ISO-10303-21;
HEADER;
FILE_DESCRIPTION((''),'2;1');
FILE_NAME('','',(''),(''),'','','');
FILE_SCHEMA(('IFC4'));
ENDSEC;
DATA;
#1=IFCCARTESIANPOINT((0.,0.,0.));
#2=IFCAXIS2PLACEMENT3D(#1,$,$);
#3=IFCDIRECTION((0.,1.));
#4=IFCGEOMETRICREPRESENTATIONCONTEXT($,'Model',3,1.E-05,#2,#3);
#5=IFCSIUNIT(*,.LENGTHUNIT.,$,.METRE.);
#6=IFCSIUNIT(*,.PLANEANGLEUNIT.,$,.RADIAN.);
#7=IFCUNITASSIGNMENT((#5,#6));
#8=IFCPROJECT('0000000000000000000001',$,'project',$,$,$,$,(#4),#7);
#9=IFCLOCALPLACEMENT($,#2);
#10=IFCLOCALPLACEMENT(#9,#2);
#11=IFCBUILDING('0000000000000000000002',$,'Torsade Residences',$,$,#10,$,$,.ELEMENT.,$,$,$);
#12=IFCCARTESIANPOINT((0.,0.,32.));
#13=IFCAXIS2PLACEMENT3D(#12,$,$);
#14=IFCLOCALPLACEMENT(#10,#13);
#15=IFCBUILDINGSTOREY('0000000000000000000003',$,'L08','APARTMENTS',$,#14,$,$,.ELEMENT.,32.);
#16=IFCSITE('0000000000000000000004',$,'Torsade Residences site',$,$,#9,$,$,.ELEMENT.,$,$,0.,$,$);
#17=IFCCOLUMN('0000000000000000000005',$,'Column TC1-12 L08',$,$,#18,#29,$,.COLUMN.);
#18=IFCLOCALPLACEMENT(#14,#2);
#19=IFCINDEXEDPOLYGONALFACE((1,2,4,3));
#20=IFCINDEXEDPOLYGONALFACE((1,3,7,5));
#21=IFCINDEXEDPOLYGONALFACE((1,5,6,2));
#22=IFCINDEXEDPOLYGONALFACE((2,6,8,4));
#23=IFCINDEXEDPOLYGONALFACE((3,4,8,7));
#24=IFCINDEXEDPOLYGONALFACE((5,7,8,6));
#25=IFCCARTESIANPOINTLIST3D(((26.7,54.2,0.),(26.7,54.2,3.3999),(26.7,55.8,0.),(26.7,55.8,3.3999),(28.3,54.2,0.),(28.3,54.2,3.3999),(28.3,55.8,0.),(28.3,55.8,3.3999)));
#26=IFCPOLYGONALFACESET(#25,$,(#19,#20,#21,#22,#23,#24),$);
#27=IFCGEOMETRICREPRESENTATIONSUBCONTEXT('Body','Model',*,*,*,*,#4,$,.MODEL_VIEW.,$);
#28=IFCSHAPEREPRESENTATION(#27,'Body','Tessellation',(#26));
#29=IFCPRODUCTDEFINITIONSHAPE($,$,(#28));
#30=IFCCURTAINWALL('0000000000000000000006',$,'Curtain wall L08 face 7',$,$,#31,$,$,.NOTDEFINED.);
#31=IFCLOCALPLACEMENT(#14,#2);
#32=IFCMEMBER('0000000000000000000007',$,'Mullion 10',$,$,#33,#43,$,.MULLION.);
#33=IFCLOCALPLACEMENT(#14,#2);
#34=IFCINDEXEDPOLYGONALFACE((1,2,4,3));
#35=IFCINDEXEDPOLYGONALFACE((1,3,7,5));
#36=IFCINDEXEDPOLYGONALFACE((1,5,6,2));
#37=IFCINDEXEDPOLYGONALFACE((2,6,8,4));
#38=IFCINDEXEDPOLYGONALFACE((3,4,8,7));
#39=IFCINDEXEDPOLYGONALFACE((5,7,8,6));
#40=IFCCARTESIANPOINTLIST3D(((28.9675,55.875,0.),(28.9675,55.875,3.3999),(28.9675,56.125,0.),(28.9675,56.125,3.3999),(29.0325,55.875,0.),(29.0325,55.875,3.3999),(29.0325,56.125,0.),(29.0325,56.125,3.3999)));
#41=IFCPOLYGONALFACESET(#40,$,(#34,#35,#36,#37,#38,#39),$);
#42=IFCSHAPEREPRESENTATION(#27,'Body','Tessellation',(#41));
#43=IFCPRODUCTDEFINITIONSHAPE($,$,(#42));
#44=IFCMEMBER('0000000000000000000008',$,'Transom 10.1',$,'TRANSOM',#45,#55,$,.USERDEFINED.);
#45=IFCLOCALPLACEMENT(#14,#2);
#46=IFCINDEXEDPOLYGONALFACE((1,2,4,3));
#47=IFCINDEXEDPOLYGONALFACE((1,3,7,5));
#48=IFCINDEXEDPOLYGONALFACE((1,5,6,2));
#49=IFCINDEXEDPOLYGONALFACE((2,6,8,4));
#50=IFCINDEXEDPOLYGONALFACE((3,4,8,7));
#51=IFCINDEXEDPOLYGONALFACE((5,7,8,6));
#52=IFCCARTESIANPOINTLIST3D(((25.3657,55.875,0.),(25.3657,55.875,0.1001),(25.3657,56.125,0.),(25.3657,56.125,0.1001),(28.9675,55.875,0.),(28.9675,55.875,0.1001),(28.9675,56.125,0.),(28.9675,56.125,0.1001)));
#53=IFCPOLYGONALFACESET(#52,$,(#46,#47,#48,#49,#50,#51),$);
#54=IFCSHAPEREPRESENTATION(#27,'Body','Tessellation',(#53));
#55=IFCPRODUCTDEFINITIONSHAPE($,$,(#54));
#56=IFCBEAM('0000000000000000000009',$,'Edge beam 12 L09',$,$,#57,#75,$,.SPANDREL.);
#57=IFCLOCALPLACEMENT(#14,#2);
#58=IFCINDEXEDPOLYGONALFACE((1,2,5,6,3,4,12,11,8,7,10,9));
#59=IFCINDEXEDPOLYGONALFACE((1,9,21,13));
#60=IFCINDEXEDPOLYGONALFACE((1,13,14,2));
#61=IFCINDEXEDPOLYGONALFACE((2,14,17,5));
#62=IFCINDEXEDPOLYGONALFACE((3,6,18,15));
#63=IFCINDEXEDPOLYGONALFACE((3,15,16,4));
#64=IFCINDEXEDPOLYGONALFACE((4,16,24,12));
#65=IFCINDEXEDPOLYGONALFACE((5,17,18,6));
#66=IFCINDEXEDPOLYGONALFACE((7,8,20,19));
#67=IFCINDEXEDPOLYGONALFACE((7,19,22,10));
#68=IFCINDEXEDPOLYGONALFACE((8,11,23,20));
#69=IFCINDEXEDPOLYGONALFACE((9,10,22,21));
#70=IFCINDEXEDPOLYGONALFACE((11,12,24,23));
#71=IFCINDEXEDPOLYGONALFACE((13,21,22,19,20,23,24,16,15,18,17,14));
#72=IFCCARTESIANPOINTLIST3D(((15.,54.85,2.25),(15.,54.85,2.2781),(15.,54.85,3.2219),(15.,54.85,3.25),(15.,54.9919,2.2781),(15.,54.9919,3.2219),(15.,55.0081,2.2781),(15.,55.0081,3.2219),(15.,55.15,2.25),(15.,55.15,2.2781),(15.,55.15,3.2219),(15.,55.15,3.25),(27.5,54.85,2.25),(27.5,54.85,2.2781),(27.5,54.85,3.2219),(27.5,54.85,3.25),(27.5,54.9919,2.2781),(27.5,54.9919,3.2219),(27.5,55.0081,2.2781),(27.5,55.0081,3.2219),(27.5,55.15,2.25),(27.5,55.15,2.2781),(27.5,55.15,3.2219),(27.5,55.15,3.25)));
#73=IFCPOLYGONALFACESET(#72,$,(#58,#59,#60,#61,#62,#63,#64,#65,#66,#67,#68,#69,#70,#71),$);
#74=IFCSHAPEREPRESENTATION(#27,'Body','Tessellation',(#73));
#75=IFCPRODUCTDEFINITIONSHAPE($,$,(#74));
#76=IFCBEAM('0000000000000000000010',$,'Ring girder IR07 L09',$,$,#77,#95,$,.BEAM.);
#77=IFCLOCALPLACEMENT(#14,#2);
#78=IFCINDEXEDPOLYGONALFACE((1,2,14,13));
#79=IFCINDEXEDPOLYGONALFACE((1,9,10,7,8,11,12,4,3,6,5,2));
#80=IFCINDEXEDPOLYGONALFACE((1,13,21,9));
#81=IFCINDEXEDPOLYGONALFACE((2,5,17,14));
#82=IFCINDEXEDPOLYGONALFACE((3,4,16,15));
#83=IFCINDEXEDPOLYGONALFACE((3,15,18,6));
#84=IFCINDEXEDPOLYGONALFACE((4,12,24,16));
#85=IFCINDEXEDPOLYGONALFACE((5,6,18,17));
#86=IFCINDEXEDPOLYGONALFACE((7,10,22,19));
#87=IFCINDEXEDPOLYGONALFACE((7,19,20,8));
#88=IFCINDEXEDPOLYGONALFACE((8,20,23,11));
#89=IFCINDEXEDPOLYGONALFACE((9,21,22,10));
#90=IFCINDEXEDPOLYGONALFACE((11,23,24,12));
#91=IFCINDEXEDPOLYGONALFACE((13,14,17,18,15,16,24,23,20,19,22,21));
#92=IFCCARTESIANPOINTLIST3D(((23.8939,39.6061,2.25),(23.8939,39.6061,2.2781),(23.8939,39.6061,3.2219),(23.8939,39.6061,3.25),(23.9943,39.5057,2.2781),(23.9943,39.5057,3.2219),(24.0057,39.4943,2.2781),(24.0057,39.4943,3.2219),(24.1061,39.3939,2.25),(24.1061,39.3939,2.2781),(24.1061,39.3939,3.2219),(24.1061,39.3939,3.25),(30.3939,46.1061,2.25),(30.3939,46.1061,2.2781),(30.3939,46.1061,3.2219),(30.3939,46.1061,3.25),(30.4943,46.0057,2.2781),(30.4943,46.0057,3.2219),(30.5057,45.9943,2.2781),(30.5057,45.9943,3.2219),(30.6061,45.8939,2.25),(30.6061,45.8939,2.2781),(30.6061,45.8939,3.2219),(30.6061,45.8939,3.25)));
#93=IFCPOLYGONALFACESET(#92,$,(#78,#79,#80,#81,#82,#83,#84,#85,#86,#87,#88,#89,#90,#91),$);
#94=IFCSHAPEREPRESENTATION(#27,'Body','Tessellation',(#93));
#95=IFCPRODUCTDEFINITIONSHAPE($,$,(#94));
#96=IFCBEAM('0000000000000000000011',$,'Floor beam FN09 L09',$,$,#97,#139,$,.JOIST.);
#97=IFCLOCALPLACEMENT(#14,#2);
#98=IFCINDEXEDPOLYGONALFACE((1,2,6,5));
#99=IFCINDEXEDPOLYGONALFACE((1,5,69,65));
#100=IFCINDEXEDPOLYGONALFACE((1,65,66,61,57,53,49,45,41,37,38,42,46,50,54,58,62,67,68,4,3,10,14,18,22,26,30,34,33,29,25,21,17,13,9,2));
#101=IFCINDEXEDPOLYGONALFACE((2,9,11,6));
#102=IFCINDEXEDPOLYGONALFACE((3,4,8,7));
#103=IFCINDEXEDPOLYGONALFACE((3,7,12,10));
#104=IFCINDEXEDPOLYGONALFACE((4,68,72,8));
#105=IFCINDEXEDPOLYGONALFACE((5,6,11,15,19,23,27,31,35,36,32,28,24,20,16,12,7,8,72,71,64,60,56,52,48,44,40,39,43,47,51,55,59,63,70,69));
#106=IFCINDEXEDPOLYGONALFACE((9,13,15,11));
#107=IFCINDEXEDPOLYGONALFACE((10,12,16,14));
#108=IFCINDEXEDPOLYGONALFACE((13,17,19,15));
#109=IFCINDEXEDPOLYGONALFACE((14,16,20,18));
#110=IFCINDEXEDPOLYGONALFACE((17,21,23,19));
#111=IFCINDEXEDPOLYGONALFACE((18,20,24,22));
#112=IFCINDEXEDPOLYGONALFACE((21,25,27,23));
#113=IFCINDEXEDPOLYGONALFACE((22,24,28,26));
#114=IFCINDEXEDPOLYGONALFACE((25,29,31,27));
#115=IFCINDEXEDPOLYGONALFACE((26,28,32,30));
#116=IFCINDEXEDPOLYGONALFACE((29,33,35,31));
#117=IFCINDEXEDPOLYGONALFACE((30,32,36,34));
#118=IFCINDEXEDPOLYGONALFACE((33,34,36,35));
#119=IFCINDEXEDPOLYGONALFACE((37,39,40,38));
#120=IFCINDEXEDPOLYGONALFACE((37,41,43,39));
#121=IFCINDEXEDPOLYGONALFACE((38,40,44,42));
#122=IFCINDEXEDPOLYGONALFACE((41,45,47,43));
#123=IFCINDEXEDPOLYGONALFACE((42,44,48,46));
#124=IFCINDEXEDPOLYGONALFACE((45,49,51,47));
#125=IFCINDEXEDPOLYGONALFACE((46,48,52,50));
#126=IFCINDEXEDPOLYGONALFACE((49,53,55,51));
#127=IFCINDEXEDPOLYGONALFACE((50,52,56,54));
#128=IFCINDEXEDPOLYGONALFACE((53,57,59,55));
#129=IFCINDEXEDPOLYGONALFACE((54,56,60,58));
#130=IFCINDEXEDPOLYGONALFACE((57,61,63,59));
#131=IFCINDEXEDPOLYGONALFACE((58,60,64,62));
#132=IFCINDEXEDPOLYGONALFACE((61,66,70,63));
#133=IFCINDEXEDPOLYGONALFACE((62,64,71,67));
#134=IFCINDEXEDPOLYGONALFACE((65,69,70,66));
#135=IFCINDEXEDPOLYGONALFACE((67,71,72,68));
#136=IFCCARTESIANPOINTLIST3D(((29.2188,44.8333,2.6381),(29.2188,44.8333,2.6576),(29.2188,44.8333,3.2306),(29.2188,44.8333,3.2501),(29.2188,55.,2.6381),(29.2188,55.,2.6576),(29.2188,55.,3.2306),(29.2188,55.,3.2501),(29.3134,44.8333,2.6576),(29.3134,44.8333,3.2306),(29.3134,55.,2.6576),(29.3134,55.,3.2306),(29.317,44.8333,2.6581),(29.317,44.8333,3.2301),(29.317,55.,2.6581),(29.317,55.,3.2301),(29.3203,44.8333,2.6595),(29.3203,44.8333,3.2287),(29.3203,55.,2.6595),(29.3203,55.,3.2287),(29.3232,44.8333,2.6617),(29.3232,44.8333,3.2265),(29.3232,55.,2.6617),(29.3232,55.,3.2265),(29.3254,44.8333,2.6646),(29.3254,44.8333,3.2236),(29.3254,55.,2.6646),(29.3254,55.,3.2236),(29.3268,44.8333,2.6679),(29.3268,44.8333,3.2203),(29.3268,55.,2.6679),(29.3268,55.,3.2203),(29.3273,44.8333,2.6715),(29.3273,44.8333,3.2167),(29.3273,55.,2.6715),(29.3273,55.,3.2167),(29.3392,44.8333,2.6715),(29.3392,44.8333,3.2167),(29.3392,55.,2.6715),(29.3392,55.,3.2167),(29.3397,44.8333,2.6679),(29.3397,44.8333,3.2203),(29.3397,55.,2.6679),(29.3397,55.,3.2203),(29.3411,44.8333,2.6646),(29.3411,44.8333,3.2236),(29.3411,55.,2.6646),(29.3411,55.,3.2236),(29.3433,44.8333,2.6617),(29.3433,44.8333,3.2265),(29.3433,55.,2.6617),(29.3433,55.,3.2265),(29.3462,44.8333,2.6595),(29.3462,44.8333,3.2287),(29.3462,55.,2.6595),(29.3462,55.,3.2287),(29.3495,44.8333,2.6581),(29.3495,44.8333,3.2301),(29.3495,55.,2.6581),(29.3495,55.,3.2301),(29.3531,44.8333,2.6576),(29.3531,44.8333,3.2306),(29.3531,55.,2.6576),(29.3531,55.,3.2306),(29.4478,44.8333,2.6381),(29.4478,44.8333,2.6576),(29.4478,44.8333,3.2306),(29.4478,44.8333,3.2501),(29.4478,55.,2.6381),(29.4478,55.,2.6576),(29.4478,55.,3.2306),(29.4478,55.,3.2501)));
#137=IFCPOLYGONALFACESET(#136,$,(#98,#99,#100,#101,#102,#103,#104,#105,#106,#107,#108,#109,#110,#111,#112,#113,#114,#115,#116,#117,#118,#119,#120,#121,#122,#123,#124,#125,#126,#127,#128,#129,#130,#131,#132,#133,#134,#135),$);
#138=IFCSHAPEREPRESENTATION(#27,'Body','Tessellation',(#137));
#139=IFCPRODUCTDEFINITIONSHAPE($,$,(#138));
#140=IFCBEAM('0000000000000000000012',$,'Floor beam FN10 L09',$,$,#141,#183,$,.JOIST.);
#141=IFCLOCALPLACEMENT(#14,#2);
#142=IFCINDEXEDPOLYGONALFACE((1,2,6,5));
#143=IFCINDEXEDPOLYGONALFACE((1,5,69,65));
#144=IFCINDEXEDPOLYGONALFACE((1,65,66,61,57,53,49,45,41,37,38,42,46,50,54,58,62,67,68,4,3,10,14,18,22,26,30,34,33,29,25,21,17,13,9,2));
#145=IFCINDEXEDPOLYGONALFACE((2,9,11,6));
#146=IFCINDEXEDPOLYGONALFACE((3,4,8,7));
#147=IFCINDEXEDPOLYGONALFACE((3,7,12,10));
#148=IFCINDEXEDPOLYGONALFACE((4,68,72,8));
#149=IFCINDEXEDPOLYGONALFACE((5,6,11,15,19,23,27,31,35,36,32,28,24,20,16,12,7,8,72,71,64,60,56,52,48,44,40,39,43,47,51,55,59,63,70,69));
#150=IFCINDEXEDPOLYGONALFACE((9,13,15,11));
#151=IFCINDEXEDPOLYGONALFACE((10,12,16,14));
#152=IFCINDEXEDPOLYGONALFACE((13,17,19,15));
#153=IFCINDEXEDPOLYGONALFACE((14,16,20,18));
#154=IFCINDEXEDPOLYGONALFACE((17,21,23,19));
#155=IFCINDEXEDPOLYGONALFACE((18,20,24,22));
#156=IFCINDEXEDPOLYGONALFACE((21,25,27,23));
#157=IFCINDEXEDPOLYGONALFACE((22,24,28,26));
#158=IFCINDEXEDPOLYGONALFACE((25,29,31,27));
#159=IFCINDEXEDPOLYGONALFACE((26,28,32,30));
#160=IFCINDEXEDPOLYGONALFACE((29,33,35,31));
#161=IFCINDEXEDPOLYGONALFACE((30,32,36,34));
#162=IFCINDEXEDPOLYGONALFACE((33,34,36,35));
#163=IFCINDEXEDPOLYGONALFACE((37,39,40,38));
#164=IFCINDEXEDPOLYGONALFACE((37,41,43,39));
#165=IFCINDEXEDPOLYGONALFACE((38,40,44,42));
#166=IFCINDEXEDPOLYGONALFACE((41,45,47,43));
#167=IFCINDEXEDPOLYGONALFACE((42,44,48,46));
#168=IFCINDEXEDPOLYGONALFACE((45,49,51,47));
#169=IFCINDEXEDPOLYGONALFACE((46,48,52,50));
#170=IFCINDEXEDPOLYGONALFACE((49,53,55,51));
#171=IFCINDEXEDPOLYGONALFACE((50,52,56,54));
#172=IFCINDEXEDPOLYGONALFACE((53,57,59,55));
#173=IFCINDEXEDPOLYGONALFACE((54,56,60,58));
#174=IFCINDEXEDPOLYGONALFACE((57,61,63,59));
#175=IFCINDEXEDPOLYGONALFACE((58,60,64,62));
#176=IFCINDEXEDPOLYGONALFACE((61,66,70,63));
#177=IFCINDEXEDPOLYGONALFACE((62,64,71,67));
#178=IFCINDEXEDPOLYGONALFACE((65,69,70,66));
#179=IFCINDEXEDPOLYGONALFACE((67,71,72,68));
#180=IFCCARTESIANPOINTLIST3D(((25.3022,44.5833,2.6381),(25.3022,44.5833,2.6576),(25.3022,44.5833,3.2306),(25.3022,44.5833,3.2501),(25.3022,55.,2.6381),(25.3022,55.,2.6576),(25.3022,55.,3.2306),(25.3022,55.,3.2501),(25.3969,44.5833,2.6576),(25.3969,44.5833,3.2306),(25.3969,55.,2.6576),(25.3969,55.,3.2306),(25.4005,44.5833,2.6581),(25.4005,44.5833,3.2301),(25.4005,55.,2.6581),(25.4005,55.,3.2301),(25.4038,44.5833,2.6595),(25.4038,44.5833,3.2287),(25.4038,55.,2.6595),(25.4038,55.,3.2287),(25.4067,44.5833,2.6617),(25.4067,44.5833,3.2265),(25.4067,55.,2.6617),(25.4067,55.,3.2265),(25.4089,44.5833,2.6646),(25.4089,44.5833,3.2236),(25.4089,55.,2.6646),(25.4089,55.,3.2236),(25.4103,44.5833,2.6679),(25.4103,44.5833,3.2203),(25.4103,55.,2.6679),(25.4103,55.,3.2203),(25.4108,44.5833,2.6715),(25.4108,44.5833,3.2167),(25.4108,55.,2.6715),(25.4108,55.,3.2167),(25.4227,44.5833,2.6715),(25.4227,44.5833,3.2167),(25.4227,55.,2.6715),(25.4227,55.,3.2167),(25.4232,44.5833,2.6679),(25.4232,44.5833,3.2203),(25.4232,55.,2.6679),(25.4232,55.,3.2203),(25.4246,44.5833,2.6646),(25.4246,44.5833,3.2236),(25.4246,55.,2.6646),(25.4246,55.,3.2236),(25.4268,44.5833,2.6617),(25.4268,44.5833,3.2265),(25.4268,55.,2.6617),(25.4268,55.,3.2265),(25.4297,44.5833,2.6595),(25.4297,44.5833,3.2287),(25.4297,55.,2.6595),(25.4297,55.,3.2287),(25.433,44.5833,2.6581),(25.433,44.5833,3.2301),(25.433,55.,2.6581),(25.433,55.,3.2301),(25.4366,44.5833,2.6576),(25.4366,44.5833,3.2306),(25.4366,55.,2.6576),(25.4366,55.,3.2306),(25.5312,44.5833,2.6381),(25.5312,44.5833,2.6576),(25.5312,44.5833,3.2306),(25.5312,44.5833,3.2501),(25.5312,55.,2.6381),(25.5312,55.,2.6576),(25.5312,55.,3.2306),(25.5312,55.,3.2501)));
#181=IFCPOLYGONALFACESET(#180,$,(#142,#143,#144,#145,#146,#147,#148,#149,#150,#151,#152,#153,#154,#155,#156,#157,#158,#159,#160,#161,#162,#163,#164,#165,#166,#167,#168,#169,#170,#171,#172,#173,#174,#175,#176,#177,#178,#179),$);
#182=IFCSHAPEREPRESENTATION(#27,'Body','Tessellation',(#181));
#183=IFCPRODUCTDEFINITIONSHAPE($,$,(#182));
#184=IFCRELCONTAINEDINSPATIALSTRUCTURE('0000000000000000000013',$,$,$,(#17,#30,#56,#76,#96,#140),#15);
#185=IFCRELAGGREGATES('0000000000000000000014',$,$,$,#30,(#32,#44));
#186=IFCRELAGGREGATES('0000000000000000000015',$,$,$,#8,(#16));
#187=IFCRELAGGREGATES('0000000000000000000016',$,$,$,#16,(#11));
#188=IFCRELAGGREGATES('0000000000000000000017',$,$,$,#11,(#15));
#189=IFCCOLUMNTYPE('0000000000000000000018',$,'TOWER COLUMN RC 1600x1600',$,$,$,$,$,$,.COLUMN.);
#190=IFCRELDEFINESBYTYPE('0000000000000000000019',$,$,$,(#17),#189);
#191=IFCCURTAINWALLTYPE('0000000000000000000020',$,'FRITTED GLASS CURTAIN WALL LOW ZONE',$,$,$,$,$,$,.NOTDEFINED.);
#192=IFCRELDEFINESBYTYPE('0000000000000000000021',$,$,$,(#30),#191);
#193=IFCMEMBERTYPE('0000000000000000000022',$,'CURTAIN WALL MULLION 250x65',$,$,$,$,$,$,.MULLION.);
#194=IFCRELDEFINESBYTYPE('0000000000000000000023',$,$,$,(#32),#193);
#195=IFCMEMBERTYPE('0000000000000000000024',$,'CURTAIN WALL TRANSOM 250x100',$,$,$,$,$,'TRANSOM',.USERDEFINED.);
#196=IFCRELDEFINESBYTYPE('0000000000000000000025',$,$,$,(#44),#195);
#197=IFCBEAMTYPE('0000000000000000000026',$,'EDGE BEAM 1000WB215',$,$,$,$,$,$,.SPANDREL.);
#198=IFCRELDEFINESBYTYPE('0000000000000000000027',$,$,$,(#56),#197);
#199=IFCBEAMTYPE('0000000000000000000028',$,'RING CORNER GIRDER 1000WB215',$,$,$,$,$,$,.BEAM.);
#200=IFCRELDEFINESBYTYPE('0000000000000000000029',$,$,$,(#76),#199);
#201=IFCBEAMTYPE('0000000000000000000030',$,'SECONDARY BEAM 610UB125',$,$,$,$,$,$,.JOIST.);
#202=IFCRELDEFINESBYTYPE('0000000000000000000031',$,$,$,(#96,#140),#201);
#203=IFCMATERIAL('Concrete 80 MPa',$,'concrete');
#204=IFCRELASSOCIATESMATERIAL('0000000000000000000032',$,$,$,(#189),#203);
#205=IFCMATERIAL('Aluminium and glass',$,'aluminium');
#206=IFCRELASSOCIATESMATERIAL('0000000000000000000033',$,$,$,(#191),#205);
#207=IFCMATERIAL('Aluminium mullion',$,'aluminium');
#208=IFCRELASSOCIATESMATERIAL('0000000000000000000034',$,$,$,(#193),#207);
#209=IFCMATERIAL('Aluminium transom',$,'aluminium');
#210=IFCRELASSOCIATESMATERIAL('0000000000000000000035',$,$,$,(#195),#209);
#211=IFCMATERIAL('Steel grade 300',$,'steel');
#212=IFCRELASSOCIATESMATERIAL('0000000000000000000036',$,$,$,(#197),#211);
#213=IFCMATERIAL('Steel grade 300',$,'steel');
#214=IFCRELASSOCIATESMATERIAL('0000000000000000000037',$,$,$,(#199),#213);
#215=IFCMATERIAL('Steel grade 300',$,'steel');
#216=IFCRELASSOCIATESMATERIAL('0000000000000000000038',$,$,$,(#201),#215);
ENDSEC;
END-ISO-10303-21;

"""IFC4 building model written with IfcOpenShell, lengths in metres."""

from ifc_helpers import new_model, si_unit, direction, frame, origin, origin_2d, place, context, subcontext, project, spatial, rectangle, i_section, extrude, material, material_profile, profile_set, type_object, element, aggregate, save


model = new_model("IFC4")

# Units and contexts
model_context = context("Model", 3, precision=1e-05, world=origin(), true_north=direction((0.0, 1.0)))
body_context = subcontext(model_context, "Body", "Model", "MODEL_VIEW")
ifc_project = project(units=[si_unit("LENGTHUNIT", "METRE"), si_unit("PLANEANGLEUNIT", "RADIAN")], contexts=[model_context])

# Site, building, storey
site_placement = place(None, origin())
site = spatial("IfcSite", under=ifc_project, at=site_placement, Name="Torsade Residences site", CompositionType="ELEMENT", RefElevation=0.0)
building_placement = place(site_placement, origin())
building = spatial("IfcBuilding", under=site, at=building_placement, Name="Torsade Residences", CompositionType="ELEMENT")
storey_placement = place(building_placement, frame((0.0, 0.0, 32.0)))
storey = spatial("IfcBuildingStorey", under=building, at=storey_placement, Name="L08", Description="APARTMENTS", CompositionType="ELEMENT", Elevation=32.0)

# Column
ifc_material_1 = material(Name="Concrete 80 MPa", Category="concrete")
ifc_material_profile_1 = material_profile(ifc_material_1, rectangle(XDim=1.6001, YDim=1.6001, at=origin_2d()), Name="RC 1600x1600")
ifc_profile_set_1 = profile_set([ifc_material_profile_1], Name="Concrete 80 MPa")
column_type = type_object("IfcColumnType", Name="TOWER COLUMN RC 1600x1600", PredefinedType="COLUMN", material=ifc_profile_set_1)
column_placement = place(storey_placement, frame((27.5, 55.0, 0.0), z_axis=(0.0, 0.0, 1.0), x_axis=(1.0, 0.0, 0.0)))
element("IfcColumn", 1, at=column_placement, inside=storey, type_object=column_type, Name="Column TC1-12 L08", PredefinedType="COLUMN", context=body_context, shape_type="SweptSolid", body=[
    extrude(rectangle(XDim=1.6001, YDim=1.6001, at=origin_2d()), origin(), (0.0, 0.0, 1.0), 3.3999),
])

# Curtain wall, members
ifc_material_2 = material(Name="Aluminium and glass", Category="aluminium")
curtain_wall_type = type_object("IfcCurtainWallType", Name="FRITTED GLASS CURTAIN WALL LOW ZONE", PredefinedType="NOTDEFINED", material=ifc_material_2)
curtain_wall_placement = place(storey_placement, origin())
curtain_wall = element("IfcCurtainWall", 2, at=curtain_wall_placement, inside=storey, type_object=curtain_wall_type, Name="Curtain wall L08 face 7", PredefinedType="NOTDEFINED")
ifc_material_3 = material(Name="Aluminium mullion", Category="aluminium")
ifc_material_profile_2 = material_profile(ifc_material_3, rectangle(XDim=0.25, YDim=0.0649, at=origin_2d()), Name="CURTAIN WALL MULLION 250x65")
ifc_profile_set_2 = profile_set([ifc_material_profile_2], Name="Aluminium mullion")
member_type_1 = type_object("IfcMemberType", Name="CURTAIN WALL MULLION 250x65", PredefinedType="MULLION", material=ifc_profile_set_2)
member_1_placement = place(storey_placement, frame((29.0, 56.0, 0.0), z_axis=(0.0, 0.0, 1.0), x_axis=(0.0, -1.0, 0.0)))
member_1 = element("IfcMember", 3, at=member_1_placement, type_object=member_type_1, Name="Mullion 10", PredefinedType="MULLION", context=body_context, shape_type="SweptSolid", body=[
    extrude(rectangle(XDim=0.25, YDim=0.0649, at=origin_2d()), origin(), (0.0, 0.0, 1.0), 3.3999),
])
ifc_material_4 = material(Name="Aluminium transom", Category="aluminium")
ifc_material_profile_3 = material_profile(ifc_material_4, rectangle(XDim=0.25, YDim=0.1001, at=origin_2d()), Name="CURTAIN WALL TRANSOM 250x100")
ifc_profile_set_3 = profile_set([ifc_material_profile_3], Name="Aluminium transom")
member_type_2 = type_object("IfcMemberType", Name="CURTAIN WALL TRANSOM 250x100", ElementType="TRANSOM", PredefinedType="USERDEFINED", material=ifc_profile_set_3)
member_2_placement = place(storey_placement, frame((28.9675, 56.0, 0.05), z_axis=(-1.0, 0.0, 0.0), x_axis=(0.0, -1.0, 0.0)))
member_2 = element("IfcMember", 4, at=member_2_placement, type_object=member_type_2, Name="Transom 10.1", ObjectType="TRANSOM", PredefinedType="USERDEFINED", context=body_context, shape_type="SweptSolid", body=[
    extrude(rectangle(XDim=0.25, YDim=0.1001, at=origin_2d()), origin(), (0.0, 0.0, 1.0), 3.6018),
])

# Beams
ifc_material_5 = material(Name="Steel grade 300", Category="steel")
ifc_material_profile_4 = material_profile(ifc_material_5, i_section(OverallWidth=0.3, OverallDepth=1.0, WebThickness=0.0161, FlangeThickness=0.0281, at=origin_2d()), Name="1000WB215")
ifc_profile_set_4 = profile_set([ifc_material_profile_4], Name="Steel grade 300")
beam_type_1 = type_object("IfcBeamType", Name="EDGE BEAM 1000WB215", PredefinedType="SPANDREL", material=ifc_profile_set_4)
beam_1_placement = place(storey_placement, frame((27.5, 55.0, 2.75), z_axis=(-1.0, 0.0, 0.0), x_axis=(0.0, -1.0, 0.0)))
element("IfcBeam", 5, at=beam_1_placement, inside=storey, type_object=beam_type_1, Name="Edge beam 12 L09", PredefinedType="SPANDREL", context=body_context, shape_type="SweptSolid", body=[
    extrude(i_section(OverallWidth=0.3, OverallDepth=1.0, WebThickness=0.0161, FlangeThickness=0.0281, at=origin_2d()), origin(), (0.0, 0.0, 1.0), 12.5),
])
ifc_material_6 = material(Name="Steel grade 300", Category="steel")
ifc_material_profile_5 = material_profile(ifc_material_6, i_section(OverallWidth=0.3, OverallDepth=1.0, WebThickness=0.0161, FlangeThickness=0.0281, at=origin_2d()), Name="1000WB215")
ifc_profile_set_5 = profile_set([ifc_material_profile_5], Name="Steel grade 300")
beam_type_2 = type_object("IfcBeamType", Name="RING CORNER GIRDER 1000WB215", PredefinedType="BEAM", material=ifc_profile_set_5)
beam_2_placement = place(storey_placement, frame((30.5, 46.0, 2.75), z_axis=(-0.707107, -0.707107, 0.0), x_axis=(0.707107, -0.707107, 0.0)))
element("IfcBeam", 6, at=beam_2_placement, inside=storey, type_object=beam_type_2, Name="Ring girder IR07 L09", PredefinedType="BEAM", context=body_context, shape_type="SweptSolid", body=[
    extrude(i_section(OverallWidth=0.3, OverallDepth=1.0, WebThickness=0.0161, FlangeThickness=0.0281, at=origin_2d()), origin(), (0.0, 0.0, 1.0), 9.1924),
])
ifc_material_7 = material(Name="Steel grade 300", Category="steel")
ifc_material_profile_6 = material_profile(ifc_material_7, i_section(OverallWidth=0.229, OverallDepth=0.6121, WebThickness=0.012, FlangeThickness=0.0195, FilletRadius=0.0139, at=origin_2d()), Name="610UB125")
ifc_profile_set_6 = profile_set([ifc_material_profile_6], Name="Steel grade 300")
beam_type_3 = type_object("IfcBeamType", Name="SECONDARY BEAM 610UB125", PredefinedType="JOIST", material=ifc_profile_set_6)
beam_3_placement = place(storey_placement, frame((29.3333, 55.0, 2.9441), z_axis=(0.0, -1.0, 0.0), x_axis=(1.0, 0.0, 0.0)))
element("IfcBeam", 7, at=beam_3_placement, inside=storey, type_object=beam_type_3, Name="Floor beam FN09 L09", PredefinedType="JOIST", context=body_context, shape_type="SweptSolid", body=[
    extrude(i_section(OverallWidth=0.229, OverallDepth=0.6121, WebThickness=0.012, FlangeThickness=0.0195, FilletRadius=0.0139, at=origin_2d()), origin(), (0.0, 0.0, 1.0), 10.1667),
])
beam_4_placement = place(storey_placement, frame((25.4167, 55.0, 2.9441), z_axis=(0.0, -1.0, 0.0), x_axis=(1.0, 0.0, 0.0)))
element("IfcBeam", 8, at=beam_4_placement, inside=storey, type_object=beam_type_3, Name="Floor beam FN10 L09", PredefinedType="JOIST", context=body_context, shape_type="SweptSolid", body=[
    extrude(i_section(OverallWidth=0.229, OverallDepth=0.6121, WebThickness=0.012, FlangeThickness=0.0195, FilletRadius=0.0139, at=origin_2d()), origin(), (0.0, 0.0, 1.0), 10.4167),
])

aggregate(curtain_wall, [member_1, member_2])

save(model, "model.ifc")
